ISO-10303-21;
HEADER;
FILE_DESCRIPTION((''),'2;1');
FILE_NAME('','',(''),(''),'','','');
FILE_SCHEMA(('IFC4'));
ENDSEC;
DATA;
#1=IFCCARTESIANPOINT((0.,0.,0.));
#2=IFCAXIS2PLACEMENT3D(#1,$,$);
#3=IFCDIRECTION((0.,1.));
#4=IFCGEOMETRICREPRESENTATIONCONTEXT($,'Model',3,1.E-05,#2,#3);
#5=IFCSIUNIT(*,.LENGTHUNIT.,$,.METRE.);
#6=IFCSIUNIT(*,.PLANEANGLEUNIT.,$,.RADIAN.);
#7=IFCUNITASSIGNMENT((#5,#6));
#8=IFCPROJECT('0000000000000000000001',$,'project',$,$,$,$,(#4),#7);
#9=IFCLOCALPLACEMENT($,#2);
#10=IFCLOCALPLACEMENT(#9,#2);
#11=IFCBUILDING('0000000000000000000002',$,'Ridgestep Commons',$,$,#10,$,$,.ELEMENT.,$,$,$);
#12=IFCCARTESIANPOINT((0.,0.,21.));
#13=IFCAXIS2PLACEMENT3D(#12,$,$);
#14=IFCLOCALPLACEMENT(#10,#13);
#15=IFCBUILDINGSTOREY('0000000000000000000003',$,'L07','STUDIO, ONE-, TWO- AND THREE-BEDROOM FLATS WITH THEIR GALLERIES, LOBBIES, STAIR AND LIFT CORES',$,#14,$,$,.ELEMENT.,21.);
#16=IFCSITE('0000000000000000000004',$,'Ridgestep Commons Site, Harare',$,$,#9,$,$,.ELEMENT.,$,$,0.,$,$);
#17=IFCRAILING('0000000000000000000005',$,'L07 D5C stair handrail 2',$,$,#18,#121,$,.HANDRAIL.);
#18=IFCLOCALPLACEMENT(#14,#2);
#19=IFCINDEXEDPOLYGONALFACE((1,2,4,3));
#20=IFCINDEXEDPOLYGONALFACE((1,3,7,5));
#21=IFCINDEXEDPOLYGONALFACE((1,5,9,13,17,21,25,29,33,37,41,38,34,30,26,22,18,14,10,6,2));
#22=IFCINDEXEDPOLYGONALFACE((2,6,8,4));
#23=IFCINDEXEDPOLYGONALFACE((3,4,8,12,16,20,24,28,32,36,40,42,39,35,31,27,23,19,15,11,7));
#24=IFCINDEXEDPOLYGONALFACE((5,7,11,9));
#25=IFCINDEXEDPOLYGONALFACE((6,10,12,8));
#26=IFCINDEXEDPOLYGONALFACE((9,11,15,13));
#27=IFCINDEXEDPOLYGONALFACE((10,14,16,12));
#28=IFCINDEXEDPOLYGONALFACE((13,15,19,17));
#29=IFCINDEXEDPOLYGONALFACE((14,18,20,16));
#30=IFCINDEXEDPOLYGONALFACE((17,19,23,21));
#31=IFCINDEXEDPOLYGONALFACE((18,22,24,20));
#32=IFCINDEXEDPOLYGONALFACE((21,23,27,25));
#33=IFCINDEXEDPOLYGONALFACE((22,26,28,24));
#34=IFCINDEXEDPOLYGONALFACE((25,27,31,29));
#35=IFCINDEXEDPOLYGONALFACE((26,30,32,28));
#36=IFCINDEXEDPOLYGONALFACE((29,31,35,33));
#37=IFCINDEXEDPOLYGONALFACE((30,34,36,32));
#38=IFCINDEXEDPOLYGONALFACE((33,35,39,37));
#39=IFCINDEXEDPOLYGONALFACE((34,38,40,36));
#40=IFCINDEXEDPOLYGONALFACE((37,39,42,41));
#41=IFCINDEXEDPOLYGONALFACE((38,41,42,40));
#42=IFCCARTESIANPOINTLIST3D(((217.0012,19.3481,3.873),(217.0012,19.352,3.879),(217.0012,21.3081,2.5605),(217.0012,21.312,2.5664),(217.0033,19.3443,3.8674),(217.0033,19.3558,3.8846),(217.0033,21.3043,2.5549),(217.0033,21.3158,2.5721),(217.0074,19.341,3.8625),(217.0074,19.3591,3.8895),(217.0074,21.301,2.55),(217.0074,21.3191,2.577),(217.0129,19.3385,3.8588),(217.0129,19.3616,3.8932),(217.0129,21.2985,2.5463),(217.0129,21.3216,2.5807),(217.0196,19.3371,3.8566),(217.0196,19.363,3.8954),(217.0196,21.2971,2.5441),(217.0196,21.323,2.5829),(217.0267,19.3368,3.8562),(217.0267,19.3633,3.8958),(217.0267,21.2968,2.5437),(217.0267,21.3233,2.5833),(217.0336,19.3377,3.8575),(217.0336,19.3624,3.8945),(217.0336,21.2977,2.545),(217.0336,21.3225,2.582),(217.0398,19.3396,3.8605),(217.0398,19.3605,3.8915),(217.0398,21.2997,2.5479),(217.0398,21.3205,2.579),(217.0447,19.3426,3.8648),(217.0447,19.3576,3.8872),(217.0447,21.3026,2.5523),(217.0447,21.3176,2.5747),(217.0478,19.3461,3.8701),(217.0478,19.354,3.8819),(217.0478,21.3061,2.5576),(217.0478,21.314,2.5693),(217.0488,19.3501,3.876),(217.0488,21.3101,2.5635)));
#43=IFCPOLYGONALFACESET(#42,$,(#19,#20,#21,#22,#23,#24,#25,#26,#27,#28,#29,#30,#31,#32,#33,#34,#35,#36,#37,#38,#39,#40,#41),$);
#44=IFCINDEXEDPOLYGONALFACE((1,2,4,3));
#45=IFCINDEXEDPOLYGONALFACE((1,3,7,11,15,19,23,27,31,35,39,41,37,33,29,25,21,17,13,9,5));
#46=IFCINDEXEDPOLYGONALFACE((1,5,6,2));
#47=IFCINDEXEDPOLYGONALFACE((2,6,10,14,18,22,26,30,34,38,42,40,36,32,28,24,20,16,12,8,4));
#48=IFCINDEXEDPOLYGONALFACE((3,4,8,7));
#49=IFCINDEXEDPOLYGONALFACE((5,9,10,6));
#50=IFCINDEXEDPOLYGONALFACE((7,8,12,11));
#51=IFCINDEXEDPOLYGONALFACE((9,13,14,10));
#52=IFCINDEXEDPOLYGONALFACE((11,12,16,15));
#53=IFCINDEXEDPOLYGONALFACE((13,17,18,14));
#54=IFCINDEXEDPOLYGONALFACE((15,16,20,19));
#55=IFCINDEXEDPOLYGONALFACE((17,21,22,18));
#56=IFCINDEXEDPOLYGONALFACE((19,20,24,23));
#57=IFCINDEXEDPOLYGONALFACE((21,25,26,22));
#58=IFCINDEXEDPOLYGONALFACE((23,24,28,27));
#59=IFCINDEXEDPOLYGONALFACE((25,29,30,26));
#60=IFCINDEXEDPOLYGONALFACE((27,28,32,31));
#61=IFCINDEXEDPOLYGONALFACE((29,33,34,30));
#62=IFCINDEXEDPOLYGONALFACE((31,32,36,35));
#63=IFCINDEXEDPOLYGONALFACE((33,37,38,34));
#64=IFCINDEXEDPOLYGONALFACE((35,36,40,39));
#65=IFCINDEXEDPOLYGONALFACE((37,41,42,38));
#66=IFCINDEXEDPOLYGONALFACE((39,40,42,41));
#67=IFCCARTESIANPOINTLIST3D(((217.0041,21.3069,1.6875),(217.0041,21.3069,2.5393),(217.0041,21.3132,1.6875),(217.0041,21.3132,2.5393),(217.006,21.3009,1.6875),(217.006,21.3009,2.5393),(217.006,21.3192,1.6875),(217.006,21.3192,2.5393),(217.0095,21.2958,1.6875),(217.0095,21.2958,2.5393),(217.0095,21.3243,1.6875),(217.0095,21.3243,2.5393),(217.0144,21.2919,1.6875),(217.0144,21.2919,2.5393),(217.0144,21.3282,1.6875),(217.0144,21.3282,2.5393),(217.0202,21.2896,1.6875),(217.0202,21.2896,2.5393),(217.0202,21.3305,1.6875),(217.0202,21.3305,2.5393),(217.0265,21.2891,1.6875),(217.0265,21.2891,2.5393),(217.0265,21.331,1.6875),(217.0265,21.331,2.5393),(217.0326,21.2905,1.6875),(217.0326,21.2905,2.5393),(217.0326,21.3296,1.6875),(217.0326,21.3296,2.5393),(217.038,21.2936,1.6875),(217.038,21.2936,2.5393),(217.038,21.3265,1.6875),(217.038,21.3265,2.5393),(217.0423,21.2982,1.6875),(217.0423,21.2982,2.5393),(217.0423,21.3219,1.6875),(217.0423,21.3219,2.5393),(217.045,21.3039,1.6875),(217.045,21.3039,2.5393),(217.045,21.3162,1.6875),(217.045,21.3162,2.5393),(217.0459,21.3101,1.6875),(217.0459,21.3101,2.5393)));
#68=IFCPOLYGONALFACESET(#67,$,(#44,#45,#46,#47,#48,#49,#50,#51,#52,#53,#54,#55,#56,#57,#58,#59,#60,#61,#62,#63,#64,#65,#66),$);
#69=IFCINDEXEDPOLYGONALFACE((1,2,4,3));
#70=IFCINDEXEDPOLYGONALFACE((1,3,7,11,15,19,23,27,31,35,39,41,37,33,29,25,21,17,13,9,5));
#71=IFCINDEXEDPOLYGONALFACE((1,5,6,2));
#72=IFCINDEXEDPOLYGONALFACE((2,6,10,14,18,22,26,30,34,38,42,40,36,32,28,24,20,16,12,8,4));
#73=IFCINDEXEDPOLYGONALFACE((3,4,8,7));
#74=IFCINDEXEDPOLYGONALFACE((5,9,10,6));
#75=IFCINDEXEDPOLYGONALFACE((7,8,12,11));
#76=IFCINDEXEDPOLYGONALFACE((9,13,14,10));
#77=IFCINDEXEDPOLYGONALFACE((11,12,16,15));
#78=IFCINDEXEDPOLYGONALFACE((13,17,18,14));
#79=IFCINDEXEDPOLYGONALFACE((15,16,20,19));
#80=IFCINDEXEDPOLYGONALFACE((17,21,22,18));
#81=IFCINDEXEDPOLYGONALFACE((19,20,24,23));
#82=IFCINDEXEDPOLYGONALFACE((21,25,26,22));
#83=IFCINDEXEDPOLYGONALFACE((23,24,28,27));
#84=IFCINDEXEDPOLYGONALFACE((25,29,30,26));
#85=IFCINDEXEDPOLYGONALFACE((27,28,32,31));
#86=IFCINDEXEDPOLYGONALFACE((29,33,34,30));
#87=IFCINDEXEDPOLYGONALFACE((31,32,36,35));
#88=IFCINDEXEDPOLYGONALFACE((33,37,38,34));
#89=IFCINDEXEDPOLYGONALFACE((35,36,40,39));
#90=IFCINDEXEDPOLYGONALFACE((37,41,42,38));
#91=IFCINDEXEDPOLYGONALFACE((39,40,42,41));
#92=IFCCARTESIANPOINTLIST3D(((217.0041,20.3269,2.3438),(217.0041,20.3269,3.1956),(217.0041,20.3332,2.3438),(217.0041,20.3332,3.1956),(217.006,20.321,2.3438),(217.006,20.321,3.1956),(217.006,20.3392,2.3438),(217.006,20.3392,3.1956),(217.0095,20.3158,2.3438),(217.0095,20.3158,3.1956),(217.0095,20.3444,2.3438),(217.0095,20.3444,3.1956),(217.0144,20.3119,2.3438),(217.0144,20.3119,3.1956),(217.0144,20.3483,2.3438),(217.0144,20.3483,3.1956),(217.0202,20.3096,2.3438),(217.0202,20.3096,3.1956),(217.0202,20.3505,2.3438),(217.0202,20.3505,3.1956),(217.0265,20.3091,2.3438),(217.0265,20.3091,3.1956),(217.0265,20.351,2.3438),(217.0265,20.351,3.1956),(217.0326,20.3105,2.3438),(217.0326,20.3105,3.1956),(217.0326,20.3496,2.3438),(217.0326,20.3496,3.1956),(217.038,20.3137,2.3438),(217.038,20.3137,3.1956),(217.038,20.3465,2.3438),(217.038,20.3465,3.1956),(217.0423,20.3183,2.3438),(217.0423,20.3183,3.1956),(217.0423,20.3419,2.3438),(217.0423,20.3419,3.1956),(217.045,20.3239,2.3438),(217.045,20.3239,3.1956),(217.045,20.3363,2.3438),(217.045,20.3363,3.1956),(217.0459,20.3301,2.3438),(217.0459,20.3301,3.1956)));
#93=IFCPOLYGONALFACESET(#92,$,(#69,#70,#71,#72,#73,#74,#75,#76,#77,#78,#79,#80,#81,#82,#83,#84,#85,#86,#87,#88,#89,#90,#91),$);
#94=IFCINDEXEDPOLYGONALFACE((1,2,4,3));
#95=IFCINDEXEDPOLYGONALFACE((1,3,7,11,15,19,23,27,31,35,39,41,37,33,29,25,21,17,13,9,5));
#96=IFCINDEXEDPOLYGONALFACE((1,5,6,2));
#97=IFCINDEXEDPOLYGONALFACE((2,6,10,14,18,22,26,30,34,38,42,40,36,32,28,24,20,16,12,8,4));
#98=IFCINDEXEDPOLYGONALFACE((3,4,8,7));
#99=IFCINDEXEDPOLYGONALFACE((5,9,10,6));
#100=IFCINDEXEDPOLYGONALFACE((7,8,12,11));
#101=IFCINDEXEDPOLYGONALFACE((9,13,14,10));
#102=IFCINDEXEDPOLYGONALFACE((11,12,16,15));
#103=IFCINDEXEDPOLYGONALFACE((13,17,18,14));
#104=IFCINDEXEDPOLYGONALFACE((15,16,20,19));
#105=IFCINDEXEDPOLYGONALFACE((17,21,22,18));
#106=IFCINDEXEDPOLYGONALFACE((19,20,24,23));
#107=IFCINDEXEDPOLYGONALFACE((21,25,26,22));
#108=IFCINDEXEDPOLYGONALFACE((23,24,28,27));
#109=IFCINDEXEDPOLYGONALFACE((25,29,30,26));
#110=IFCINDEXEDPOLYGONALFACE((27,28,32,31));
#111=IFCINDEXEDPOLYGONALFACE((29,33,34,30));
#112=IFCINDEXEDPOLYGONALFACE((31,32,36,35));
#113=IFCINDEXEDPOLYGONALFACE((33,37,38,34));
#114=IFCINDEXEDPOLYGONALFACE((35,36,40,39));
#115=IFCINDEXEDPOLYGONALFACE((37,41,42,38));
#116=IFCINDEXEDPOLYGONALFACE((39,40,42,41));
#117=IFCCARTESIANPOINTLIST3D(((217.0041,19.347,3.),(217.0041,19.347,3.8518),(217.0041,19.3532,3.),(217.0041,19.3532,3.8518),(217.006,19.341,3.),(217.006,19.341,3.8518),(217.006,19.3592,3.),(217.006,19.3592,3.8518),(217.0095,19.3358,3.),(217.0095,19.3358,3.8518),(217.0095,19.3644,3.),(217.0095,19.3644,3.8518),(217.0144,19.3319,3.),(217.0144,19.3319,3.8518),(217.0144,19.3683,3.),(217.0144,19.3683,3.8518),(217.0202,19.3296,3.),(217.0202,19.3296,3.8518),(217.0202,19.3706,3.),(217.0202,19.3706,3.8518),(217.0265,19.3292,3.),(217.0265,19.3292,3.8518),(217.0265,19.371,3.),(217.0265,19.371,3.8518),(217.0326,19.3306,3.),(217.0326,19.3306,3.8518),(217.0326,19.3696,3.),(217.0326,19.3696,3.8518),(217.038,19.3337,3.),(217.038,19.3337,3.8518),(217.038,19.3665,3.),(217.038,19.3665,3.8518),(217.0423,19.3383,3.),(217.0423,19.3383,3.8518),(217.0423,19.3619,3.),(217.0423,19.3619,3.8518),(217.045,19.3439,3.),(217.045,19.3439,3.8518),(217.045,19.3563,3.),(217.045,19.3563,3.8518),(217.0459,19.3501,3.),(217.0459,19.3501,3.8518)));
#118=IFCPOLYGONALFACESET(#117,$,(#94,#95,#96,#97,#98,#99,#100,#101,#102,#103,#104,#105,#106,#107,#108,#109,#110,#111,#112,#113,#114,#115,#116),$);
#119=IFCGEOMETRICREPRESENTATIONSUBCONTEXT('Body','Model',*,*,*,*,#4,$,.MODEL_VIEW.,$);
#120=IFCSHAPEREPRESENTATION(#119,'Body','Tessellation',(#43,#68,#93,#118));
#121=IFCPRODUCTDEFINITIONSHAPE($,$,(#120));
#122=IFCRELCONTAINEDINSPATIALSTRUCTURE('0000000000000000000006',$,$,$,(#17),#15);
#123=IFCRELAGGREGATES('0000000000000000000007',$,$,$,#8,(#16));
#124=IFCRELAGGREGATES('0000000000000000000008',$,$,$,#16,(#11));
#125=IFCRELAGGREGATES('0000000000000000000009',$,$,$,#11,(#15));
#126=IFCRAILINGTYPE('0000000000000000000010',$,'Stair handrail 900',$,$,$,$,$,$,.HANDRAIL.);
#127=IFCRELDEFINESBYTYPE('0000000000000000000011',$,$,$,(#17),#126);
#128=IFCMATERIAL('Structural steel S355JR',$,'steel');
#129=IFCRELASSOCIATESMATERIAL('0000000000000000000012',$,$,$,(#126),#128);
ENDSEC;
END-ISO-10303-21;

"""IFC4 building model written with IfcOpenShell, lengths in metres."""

from ifc_helpers import new_model, si_unit, direction, frame, origin, origin_2d, place, context, subcontext, project, spatial, circle, extrude, material, type_object, element, save


model = new_model("IFC4")

# Units and contexts
model_context = context("Model", 3, precision=1e-05, world=origin(), true_north=direction((0.0, 1.0)))
body_context = subcontext(model_context, "Body", "Model", "MODEL_VIEW")
ifc_project = project(units=[si_unit("LENGTHUNIT", "METRE"), si_unit("PLANEANGLEUNIT", "RADIAN")], contexts=[model_context])

# Site, building, storey
site_placement = place(None, origin())
site = spatial("IfcSite", under=ifc_project, at=site_placement, Name="Ridgestep Commons Site, Harare", CompositionType="ELEMENT", RefElevation=0.0)
building_placement = place(site_placement, origin())
building = spatial("IfcBuilding", under=site, at=building_placement, Name="Ridgestep Commons", CompositionType="ELEMENT")
storey_placement = place(building_placement, frame((0.0, 0.0, 21.0)))
storey = spatial("IfcBuildingStorey", under=building, at=storey_placement, Name="L07", Description="STUDIO, ONE-, TWO- AND THREE-BEDROOM FLATS WITH THEIR GALLERIES, LOBBIES, STAIR AND LIFT CORES", CompositionType="ELEMENT", Elevation=21.0)

# Railing
ifc_material_1 = material(Name="Structural steel S355JR", Category="steel")
railing_type_1 = type_object("IfcRailingType", Name="Stair handrail 900", PredefinedType="HANDRAIL", material=ifc_material_1)
railing_1_placement = place(storey_placement, frame((217.0249, 21.3101, 1.6875)))
element("IfcRailing", 1, at=railing_1_placement, inside=storey, type_object=railing_type_1, Name="L07 D5C stair handrail 2", PredefinedType="HANDRAIL", context=body_context, shape_type="SweptSolid", body=[
    extrude(circle(Radius=0.0239, at=origin_2d()), frame((0.0, 0.0, 0.876), z_axis=(0.0, -0.830902, 0.556419), x_axis=(1.0, 0.0, 0.0)), (0.0, 0.0, 1.0), 2.3589),
    extrude(circle(Radius=0.021, at=origin_2d()), origin(), (0.0, 0.0, 1.0), 0.8518),
    extrude(circle(Radius=0.021, at=origin_2d()), frame((0.0, -0.98, 0.6562)), (0.0, 0.0, 1.0), 0.8518),
    extrude(circle(Radius=0.021, at=origin_2d()), frame((0.0, -1.96, 1.3125)), (0.0, 0.0, 1.0), 0.8518),
])

save(model, "model.ifc")
